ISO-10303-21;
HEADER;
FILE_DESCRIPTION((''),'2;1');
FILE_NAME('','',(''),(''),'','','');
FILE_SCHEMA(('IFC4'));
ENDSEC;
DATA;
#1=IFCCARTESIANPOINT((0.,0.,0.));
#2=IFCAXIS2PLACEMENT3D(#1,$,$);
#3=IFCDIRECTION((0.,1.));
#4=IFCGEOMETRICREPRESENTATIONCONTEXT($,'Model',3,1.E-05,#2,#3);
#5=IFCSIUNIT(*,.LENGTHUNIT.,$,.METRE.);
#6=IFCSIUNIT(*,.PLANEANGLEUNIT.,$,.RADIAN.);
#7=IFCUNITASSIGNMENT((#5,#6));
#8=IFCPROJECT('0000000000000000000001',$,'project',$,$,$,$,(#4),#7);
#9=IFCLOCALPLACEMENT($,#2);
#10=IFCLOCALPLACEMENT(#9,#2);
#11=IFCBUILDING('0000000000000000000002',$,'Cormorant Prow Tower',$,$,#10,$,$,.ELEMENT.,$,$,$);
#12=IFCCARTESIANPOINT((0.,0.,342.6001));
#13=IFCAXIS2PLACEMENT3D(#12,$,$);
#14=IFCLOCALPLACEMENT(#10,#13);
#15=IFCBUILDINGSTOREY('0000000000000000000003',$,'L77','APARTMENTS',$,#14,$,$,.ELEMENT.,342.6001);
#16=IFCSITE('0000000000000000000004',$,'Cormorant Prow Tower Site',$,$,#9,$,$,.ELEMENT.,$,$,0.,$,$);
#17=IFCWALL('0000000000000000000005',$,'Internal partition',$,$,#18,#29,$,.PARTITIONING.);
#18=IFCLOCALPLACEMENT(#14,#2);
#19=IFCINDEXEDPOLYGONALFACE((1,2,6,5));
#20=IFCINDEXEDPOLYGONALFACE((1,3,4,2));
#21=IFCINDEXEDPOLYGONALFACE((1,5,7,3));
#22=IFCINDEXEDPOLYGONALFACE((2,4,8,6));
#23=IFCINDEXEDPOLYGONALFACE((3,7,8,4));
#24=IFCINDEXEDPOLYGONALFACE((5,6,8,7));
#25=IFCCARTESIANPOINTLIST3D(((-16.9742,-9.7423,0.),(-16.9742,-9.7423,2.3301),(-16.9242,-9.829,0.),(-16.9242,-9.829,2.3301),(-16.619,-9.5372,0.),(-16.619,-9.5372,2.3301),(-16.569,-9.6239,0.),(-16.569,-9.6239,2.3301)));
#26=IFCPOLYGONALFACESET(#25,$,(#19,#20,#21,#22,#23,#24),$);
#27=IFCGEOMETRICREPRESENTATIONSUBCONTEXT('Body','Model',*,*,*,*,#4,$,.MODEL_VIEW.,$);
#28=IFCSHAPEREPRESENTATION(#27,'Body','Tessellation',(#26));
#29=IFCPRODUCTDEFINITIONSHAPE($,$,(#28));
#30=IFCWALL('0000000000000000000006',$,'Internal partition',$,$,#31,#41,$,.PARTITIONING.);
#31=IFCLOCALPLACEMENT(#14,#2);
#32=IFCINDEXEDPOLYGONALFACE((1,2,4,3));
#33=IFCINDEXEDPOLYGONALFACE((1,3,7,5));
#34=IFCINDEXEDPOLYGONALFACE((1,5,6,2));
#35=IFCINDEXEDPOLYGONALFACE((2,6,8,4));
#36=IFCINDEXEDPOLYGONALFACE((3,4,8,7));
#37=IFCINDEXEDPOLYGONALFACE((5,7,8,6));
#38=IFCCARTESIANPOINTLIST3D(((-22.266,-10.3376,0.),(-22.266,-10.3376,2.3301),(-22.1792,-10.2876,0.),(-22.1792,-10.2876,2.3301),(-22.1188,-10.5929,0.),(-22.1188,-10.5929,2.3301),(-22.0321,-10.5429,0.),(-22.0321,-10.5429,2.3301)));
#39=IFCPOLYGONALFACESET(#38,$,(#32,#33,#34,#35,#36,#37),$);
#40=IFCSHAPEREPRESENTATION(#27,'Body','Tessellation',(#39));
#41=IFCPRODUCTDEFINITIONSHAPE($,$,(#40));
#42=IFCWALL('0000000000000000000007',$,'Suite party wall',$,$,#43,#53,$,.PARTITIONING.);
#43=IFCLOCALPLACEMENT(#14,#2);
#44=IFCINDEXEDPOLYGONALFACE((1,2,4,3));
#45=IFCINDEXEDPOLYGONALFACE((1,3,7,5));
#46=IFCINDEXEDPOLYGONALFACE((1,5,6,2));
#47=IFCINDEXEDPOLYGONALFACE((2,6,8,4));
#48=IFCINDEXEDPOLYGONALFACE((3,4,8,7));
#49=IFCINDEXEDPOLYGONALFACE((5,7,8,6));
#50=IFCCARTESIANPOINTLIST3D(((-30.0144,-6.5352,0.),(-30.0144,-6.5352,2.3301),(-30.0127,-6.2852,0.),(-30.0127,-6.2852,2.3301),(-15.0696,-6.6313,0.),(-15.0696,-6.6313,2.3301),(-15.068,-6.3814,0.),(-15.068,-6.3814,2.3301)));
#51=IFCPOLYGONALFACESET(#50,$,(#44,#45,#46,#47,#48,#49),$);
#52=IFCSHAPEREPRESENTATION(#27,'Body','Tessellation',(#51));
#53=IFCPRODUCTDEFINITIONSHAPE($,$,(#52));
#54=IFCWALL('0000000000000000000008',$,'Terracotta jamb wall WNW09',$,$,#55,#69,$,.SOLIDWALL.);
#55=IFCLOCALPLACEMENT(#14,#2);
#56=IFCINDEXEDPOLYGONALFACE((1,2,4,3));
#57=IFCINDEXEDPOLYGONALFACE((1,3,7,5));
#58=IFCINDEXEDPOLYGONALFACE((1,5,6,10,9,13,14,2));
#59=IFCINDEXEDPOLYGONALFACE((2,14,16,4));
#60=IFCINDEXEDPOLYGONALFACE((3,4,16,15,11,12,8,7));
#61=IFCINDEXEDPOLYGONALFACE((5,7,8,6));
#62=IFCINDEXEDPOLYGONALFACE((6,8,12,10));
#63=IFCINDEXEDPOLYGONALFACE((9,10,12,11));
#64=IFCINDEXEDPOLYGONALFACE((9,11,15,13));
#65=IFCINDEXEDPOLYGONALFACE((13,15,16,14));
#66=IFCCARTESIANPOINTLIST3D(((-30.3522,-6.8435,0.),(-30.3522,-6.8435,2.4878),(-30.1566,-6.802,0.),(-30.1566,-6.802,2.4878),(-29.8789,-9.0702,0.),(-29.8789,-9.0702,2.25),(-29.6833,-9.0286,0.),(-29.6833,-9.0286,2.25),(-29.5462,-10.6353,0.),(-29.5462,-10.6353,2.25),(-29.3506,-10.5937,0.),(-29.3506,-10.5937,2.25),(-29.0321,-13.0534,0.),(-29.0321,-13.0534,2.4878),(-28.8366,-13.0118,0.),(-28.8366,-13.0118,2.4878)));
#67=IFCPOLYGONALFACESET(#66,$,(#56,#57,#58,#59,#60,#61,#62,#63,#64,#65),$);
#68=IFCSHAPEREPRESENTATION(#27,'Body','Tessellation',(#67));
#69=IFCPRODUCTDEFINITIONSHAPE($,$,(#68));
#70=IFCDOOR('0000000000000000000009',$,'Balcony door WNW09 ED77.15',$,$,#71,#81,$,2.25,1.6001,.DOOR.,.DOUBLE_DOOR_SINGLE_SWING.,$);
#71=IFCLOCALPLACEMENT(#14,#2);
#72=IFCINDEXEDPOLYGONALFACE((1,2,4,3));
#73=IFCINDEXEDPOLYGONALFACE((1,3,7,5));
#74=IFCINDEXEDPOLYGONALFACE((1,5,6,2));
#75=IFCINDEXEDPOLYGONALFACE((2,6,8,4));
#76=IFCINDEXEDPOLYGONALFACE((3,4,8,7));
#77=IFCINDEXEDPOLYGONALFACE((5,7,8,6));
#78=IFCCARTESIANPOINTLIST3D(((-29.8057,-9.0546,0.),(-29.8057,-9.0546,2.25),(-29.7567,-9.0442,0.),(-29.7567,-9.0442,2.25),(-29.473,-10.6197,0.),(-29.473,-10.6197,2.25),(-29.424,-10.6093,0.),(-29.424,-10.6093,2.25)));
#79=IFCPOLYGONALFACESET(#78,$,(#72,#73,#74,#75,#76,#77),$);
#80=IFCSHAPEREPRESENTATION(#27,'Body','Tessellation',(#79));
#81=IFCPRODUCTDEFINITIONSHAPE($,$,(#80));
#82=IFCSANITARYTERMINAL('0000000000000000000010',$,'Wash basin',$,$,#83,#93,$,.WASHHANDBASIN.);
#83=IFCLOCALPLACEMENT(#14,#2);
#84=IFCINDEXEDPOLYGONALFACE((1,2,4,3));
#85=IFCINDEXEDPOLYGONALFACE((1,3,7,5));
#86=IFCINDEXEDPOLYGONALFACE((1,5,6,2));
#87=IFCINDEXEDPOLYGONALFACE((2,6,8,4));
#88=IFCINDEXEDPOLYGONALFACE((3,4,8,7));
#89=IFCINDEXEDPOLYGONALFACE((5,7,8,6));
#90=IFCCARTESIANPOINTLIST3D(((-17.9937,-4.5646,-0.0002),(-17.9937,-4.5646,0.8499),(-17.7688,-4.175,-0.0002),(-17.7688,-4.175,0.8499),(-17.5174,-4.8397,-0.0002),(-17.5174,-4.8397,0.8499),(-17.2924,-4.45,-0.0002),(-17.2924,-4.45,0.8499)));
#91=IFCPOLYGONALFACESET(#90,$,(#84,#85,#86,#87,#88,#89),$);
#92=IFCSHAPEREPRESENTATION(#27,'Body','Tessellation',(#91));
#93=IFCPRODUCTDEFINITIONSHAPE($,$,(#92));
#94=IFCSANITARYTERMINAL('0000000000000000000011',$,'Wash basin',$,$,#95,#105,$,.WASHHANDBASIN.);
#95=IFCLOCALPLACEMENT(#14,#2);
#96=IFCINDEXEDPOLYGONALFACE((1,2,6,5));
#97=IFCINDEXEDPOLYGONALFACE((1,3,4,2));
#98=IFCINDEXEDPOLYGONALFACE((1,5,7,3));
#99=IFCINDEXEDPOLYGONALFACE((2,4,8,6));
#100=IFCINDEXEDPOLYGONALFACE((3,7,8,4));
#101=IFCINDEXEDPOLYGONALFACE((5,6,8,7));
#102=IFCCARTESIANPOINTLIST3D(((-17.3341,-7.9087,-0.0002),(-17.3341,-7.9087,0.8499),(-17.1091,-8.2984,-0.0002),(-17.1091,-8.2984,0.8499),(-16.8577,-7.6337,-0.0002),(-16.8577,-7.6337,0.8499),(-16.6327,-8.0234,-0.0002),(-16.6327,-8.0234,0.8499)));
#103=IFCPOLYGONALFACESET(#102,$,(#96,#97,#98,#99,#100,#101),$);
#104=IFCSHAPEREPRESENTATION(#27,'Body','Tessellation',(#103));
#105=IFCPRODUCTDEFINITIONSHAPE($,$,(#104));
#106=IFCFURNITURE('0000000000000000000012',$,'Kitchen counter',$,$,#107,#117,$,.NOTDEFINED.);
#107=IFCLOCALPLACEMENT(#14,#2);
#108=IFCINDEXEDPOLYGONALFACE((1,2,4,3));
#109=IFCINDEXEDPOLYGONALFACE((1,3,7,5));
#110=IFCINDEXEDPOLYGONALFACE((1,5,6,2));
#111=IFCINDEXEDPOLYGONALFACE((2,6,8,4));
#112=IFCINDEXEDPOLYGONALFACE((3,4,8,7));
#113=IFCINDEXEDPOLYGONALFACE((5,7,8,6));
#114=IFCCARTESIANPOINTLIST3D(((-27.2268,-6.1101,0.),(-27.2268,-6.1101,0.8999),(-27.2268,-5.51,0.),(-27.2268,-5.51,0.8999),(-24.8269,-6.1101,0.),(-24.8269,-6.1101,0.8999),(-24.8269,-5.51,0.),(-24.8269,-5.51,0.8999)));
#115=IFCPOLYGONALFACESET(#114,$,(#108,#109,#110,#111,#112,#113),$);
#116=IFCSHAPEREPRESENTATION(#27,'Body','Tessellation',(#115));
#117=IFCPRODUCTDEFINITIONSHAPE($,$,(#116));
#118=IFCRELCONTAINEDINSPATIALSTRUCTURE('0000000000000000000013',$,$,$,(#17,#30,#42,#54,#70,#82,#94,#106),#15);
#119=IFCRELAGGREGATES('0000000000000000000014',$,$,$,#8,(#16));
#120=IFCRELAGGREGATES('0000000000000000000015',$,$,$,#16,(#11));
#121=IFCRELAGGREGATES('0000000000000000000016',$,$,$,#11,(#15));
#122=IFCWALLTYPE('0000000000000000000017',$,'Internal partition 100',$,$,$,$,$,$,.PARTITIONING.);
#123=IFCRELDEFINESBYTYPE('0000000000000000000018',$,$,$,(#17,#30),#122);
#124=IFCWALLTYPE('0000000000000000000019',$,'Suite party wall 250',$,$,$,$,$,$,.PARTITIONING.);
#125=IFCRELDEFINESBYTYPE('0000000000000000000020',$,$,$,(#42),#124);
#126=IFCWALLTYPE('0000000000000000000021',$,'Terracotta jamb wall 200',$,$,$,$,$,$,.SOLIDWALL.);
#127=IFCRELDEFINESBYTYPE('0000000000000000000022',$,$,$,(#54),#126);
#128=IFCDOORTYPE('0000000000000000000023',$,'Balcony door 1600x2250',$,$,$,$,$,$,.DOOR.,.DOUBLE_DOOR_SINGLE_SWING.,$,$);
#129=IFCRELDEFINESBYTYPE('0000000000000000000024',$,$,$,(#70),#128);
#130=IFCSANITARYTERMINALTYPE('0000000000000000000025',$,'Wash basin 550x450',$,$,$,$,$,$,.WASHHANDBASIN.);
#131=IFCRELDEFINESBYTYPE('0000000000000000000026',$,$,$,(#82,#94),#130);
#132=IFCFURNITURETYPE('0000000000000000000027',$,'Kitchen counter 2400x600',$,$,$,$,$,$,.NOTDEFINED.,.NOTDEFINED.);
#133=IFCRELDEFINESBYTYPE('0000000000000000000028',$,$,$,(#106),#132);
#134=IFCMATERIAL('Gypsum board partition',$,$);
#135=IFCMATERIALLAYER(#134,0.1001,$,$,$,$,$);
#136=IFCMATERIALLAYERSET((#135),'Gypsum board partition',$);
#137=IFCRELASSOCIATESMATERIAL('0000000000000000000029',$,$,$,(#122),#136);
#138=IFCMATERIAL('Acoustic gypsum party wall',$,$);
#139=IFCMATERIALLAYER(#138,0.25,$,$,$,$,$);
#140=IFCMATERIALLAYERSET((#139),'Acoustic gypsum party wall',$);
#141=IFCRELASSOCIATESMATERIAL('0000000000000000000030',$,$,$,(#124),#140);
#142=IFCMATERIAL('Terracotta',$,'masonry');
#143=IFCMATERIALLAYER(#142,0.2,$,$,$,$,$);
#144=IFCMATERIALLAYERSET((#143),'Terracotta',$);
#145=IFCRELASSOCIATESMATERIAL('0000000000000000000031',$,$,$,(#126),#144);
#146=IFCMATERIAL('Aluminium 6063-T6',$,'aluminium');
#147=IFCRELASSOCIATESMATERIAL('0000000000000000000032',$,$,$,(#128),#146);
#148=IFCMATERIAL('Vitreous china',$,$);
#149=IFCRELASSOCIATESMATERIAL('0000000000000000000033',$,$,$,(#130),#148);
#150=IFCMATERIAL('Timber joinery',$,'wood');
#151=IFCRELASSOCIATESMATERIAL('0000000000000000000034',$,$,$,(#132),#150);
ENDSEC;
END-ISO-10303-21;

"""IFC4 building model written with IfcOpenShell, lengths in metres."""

from ifc_helpers import new_model, si_unit, direction, frame, frame_2d, origin, origin_2d, place, context, subcontext, project, spatial, rectangle, extrude, material, layer, layer_set, type_object, element, fill, save


model = new_model("IFC4")

# Units and contexts
model_context = context("Model", 3, precision=1e-05, world=origin(), true_north=direction((0.0, 1.0)))
body_context = subcontext(model_context, "Body", "Model", "MODEL_VIEW")
ifc_project = project(units=[si_unit("LENGTHUNIT", "METRE"), si_unit("PLANEANGLEUNIT", "RADIAN")], contexts=[model_context])

# Site, building, storey
site_placement = place(None, origin())
site = spatial("IfcSite", under=ifc_project, at=site_placement, Name="Cormorant Prow Tower Site", CompositionType="ELEMENT", RefElevation=0.0)
building_placement = place(site_placement, origin())
building = spatial("IfcBuilding", under=site, at=building_placement, Name="Cormorant Prow Tower", CompositionType="ELEMENT")
storey_placement = place(building_placement, frame((0.0, 0.0, 342.6001)))
storey = spatial("IfcBuildingStorey", under=building, at=storey_placement, Name="L77", Description="APARTMENTS", CompositionType="ELEMENT", Elevation=342.6001)

# Shared definitions
ifc_material_1 = material(Name="Gypsum board partition")
ifc_layer_1 = layer(ifc_material_1, 0.1001)
ifc_layer_set_1 = layer_set([ifc_layer_1], Name="Gypsum board partition")
wall_type_1 = type_object("IfcWallType", Name="Internal partition 100", PredefinedType="PARTITIONING", material=ifc_layer_set_1)

# Walls
wall_1_placement = place(storey_placement, frame((-16.9492, -9.7856, 0.0), z_axis=(0.0, 0.0, 1.0), x_axis=(0.866037, 0.49998, 0.0)))
element("IfcWall", 1, at=wall_1_placement, inside=storey, type_object=wall_type_1, Name="Internal partition", PredefinedType="PARTITIONING", context=body_context, shape_type="SweptSolid", body=[
    extrude(rectangle(XDim=0.4102, YDim=0.1001, at=frame_2d((0.2051, 0.0))), origin(), (0.0, 0.0, 1.0), 2.3301),
])
wall_2_placement = place(storey_placement, frame((-22.2227, -10.3125, 0.0), z_axis=(0.0, 0.0, 1.0), x_axis=(0.499436, -0.866351, 0.0)))
element("IfcWall", 2, at=wall_2_placement, inside=storey, type_object=wall_type_1, Name="Internal partition", PredefinedType="PARTITIONING", context=body_context, shape_type="SweptSolid", body=[
    extrude(rectangle(XDim=0.2947, YDim=0.1001, at=frame_2d((0.1475, 0.0))), origin(), (0.0, 0.0, 1.0), 2.3301),
])
ifc_material_2 = material(Name="Acoustic gypsum party wall")
ifc_layer_2 = layer(ifc_material_2, 0.25)
ifc_layer_set_2 = layer_set([ifc_layer_2], Name="Acoustic gypsum party wall")
wall_type_2 = type_object("IfcWallType", Name="Suite party wall 250", PredefinedType="PARTITIONING", material=ifc_layer_set_2)
wall_3_placement = place(storey_placement, frame((-30.0137, -6.4102, 0.0), z_axis=(0.0, 0.0, 1.0), x_axis=(0.999979, -0.006436, 0.0)))
element("IfcWall", 3, at=wall_3_placement, inside=storey, type_object=wall_type_2, Name="Suite party wall", PredefinedType="PARTITIONING", context=body_context, shape_type="SweptSolid", body=[
    extrude(rectangle(XDim=14.9451, YDim=0.25, at=frame_2d((7.4727, 0.0))), origin(), (0.0, 0.0, 1.0), 2.3301),
])

# Wall, opening, door
ifc_material_3 = material(Name="Terracotta", Category="masonry")
ifc_layer_3 = layer(ifc_material_3, 0.2)
ifc_layer_set_3 = layer_set([ifc_layer_3], Name="Terracotta")
wall_type_3 = type_object("IfcWallType", Name="Terracotta jamb wall 200", PredefinedType="SOLIDWALL", material=ifc_layer_set_3)
wall_4_placement = place(storey_placement, frame((-30.2544, -6.8228, 0.0), z_axis=(0.0, 0.0, 1.0), x_axis=(0.207927, -0.978144, 0.0)))
wall_4 = element("IfcWall", 4, at=wall_4_placement, inside=storey, type_object=wall_type_3, Name="Terracotta jamb wall WNW09", PredefinedType="SOLIDWALL", context=body_context, shape_type="SweptSolid", body=[
    extrude(rectangle(XDim=6.3486, YDim=0.2, at=frame_2d((3.1743, 0.0))), origin(), (0.0, 0.0, 1.0), 2.4878),
])
opening_1_placement = place(wall_4_placement, frame((2.2764, 0.0, 0.0)))
opening_1 = element("IfcOpeningElement", 5, at=opening_1_placement, cuts=wall_4, PredefinedType="OPENING", context=body_context, shape_type="SweptSolid", body=[
    extrude(rectangle(XDim=1.6001, YDim=2.25, at=frame_2d((0.8, 1.125))), frame((0.0, 0.1099, 0.0), z_axis=(0.0, -1.0, 0.0), x_axis=(1.0, 0.0, 0.0)), (0.0, 0.0, 1.0), 0.22),
])
ifc_material_4 = material(Name="Aluminium 6063-T6", Category="aluminium")
door_type_1 = type_object("IfcDoorType", Name="Balcony door 1600x2250", OperationType="DOUBLE_DOOR_SINGLE_SWING", PredefinedType="DOOR", material=ifc_material_4)
door_1_placement = place(opening_1_placement, origin())
door_1 = element("IfcDoor", 6, at=door_1_placement, inside=storey, type_object=door_type_1, Name="Balcony door WNW09 ED77.15", OperationType="DOUBLE_DOOR_SINGLE_SWING", OverallHeight=2.25, OverallWidth=1.6001, PredefinedType="DOOR", context=body_context, shape_type="SweptSolid", body=[
    extrude(rectangle(XDim=1.6001, YDim=2.25, at=frame_2d((0.8, 1.125))), frame((0.0, 0.0249, 0.0), z_axis=(0.0, -1.0, 0.0), x_axis=(1.0, 0.0, 0.0)), (0.0, 0.0, 1.0), 0.05),
])
fill(opening_1, door_1)

# Sanitary terminals
ifc_material_5 = material(Name="Vitreous china")
sanitary_terminal_type = type_object("IfcSanitaryTerminalType", Name="Wash basin 550x450", PredefinedType="WASHHANDBASIN", material=ifc_material_5)
for number, where, z_axis, x_axis, name in (
    (7, (-17.6431, -4.5073, -0.0002), (0.0, 0.0, 1.0), (-0.866025, 0.5, 0.0), "Wash basin"),
    (8, (-16.9834, -7.9661, -0.0002), (0.0, 0.0, 1.0), (0.866025, 0.5, 0.0), "Wash basin"),
):
    element("IfcSanitaryTerminal", number, at=place(storey_placement, frame(where, z_axis=z_axis, x_axis=x_axis)), inside=storey, type_object=sanitary_terminal_type, Name=name, PredefinedType="WASHHANDBASIN", context=body_context, shape_type="SweptSolid", body=[
        extrude(rectangle(XDim=0.55, YDim=0.45, at=origin_2d()), origin(), (0.0, 0.0, 1.0), 0.8501),
    ])

# Furniture
ifc_material_6 = material(Name="Timber joinery", Category="wood")
furniture_type = type_object("IfcFurnitureType", Name="Kitchen counter 2400x600", AssemblyPlace="NOTDEFINED", PredefinedType="NOTDEFINED", material=ifc_material_6)
furniture_placement = place(storey_placement, frame((-26.0269, -5.8101, 0.0), z_axis=(0.0, 0.0, 1.0), x_axis=(1.0, 0.0, 0.0)))
element("IfcFurniture", 9, at=furniture_placement, inside=storey, type_object=furniture_type, Name="Kitchen counter", PredefinedType="NOTDEFINED", context=body_context, shape_type="SweptSolid", body=[
    extrude(rectangle(XDim=2.3999, YDim=0.6001, at=origin_2d()), origin(), (0.0, 0.0, 1.0), 0.8999),
])

save(model, "model.ifc")
